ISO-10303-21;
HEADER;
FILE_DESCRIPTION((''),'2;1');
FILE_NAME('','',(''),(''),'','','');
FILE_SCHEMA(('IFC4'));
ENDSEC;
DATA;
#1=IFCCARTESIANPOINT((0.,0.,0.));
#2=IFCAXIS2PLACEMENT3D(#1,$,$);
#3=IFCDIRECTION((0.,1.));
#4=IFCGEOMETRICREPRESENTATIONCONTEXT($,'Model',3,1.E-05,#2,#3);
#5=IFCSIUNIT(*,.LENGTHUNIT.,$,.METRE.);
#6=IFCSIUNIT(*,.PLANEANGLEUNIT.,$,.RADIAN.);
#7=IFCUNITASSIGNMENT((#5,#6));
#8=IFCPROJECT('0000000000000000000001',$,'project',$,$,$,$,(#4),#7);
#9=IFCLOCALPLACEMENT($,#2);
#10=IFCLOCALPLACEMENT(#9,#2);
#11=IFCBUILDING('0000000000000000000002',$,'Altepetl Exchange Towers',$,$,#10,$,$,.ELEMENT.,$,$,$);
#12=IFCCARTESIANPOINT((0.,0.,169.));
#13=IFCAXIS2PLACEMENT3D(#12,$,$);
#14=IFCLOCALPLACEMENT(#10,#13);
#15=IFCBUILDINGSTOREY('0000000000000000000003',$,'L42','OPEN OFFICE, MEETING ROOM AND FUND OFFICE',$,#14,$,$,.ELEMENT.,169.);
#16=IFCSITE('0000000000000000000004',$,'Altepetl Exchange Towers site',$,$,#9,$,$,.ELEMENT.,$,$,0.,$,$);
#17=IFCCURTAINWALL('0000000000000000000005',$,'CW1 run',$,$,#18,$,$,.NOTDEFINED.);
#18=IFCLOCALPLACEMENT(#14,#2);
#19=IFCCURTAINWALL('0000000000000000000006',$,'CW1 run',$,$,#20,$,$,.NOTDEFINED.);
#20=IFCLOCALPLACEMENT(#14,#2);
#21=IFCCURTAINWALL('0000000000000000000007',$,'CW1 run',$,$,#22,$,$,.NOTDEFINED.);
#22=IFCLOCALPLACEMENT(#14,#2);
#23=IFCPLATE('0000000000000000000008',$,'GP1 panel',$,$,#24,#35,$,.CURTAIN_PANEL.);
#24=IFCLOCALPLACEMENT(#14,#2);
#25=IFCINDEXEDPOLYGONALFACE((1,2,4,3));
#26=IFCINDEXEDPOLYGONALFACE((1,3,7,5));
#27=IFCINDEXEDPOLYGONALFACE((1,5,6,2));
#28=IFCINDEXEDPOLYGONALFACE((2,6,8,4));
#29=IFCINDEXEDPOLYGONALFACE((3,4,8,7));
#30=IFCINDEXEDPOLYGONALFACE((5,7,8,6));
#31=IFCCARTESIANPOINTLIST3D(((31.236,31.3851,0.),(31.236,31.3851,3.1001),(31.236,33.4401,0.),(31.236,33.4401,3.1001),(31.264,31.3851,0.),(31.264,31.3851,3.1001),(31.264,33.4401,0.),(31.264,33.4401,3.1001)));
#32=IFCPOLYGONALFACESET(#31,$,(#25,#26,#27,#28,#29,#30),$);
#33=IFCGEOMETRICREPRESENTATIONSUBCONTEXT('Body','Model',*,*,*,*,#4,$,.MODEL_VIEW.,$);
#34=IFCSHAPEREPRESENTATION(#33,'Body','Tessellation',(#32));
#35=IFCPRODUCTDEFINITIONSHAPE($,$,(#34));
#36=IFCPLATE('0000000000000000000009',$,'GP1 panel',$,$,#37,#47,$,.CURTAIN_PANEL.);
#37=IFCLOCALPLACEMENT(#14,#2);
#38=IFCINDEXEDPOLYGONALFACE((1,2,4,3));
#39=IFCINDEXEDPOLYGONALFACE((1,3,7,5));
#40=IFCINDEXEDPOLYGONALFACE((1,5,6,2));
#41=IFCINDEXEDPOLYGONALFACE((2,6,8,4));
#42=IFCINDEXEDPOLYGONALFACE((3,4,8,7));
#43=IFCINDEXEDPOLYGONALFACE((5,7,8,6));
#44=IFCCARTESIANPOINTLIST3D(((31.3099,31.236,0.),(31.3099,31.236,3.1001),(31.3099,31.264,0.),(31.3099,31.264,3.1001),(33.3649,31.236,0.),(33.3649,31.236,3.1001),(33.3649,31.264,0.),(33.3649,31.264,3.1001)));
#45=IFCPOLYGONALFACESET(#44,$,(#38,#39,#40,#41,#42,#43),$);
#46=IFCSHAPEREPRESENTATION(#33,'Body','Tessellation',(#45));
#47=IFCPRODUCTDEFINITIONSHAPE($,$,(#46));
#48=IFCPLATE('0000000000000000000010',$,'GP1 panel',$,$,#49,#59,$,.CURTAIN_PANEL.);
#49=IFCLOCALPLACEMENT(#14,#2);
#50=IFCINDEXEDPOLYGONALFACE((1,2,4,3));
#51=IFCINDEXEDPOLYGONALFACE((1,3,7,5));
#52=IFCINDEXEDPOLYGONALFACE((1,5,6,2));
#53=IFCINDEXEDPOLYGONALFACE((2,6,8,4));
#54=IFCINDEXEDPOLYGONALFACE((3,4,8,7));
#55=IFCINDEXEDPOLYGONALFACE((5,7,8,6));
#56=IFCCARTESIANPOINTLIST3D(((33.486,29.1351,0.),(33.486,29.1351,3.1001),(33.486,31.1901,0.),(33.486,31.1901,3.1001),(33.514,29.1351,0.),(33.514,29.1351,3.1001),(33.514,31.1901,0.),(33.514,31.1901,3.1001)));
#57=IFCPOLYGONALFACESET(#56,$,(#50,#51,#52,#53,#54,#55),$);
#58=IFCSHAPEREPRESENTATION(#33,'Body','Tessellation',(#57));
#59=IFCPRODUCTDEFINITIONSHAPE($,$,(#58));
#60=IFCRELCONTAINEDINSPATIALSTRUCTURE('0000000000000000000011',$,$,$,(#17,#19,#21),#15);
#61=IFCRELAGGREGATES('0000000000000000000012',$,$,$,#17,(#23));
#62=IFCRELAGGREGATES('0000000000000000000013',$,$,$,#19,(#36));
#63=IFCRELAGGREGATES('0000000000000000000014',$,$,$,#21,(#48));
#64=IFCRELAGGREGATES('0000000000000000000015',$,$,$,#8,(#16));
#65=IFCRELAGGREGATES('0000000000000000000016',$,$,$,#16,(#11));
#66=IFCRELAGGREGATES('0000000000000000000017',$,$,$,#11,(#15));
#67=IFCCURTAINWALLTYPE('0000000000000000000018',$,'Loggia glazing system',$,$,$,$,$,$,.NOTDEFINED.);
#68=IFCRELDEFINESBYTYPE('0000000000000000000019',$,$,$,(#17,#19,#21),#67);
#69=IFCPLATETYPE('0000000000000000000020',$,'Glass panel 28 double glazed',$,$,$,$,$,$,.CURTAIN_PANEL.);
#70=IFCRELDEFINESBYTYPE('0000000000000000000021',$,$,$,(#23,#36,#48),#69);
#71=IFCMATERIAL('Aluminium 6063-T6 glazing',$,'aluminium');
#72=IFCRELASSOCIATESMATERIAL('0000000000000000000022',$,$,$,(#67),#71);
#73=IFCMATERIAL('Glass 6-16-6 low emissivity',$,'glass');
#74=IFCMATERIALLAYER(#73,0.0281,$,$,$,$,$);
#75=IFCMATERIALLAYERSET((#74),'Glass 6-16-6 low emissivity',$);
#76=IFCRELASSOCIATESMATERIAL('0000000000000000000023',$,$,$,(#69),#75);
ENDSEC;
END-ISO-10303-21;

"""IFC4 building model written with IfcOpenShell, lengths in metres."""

from ifc_helpers import new_model, si_unit, direction, frame, origin, origin_2d, place, context, subcontext, project, spatial, rectangle, extrude, material, layer, layer_set, type_object, element, aggregate, save


model = new_model("IFC4")

# Units and contexts
model_context = context("Model", 3, precision=1e-05, world=origin(), true_north=direction((0.0, 1.0)))
body_context = subcontext(model_context, "Body", "Model", "MODEL_VIEW")
ifc_project = project(units=[si_unit("LENGTHUNIT", "METRE"), si_unit("PLANEANGLEUNIT", "RADIAN")], contexts=[model_context])

# Site, building, storey
site_placement = place(None, origin())
site = spatial("IfcSite", under=ifc_project, at=site_placement, Name="Altepetl Exchange Towers site", CompositionType="ELEMENT", RefElevation=0.0)
building_placement = place(site_placement, origin())
building = spatial("IfcBuilding", under=site, at=building_placement, Name="Altepetl Exchange Towers", CompositionType="ELEMENT")
storey_placement = place(building_placement, frame((0.0, 0.0, 169.0)))
storey = spatial("IfcBuildingStorey", under=building, at=storey_placement, Name="L42", Description="OPEN OFFICE, MEETING ROOM AND FUND OFFICE", CompositionType="ELEMENT", Elevation=169.0)

# Curtain walls
ifc_material_1 = material(Name="Aluminium 6063-T6 glazing", Category="aluminium")
curtain_wall_type = type_object("IfcCurtainWallType", Name="Loggia glazing system", PredefinedType="NOTDEFINED", material=ifc_material_1)
curtain_wall_1_placement = place(storey_placement, origin())
curtain_wall_1 = element("IfcCurtainWall", 1, at=curtain_wall_1_placement, inside=storey, type_object=curtain_wall_type, Name="CW1 run", PredefinedType="NOTDEFINED")
curtain_wall_2_placement = place(storey_placement, origin())
curtain_wall_2 = element("IfcCurtainWall", 2, at=curtain_wall_2_placement, inside=storey, type_object=curtain_wall_type, Name="CW1 run", PredefinedType="NOTDEFINED")
curtain_wall_3_placement = place(storey_placement, origin())
curtain_wall_3 = element("IfcCurtainWall", 3, at=curtain_wall_3_placement, inside=storey, type_object=curtain_wall_type, Name="CW1 run", PredefinedType="NOTDEFINED")

# Plates
ifc_material_2 = material(Name="Glass 6-16-6 low emissivity", Category="glass")
ifc_layer = layer(ifc_material_2, 0.0281)
ifc_layer_set = layer_set([ifc_layer], Name="Glass 6-16-6 low emissivity")
plate_type = type_object("IfcPlateType", Name="Glass panel 28 double glazed", PredefinedType="CURTAIN_PANEL", material=ifc_layer_set)
plate_1_placement = place(storey_placement, frame((31.25, 32.4126, 0.0), z_axis=(0.0, 0.0, 1.0), x_axis=(0.0, -1.0, 0.0)))
plate_1 = element("IfcPlate", 4, at=plate_1_placement, type_object=plate_type, Name="GP1 panel", PredefinedType="CURTAIN_PANEL", context=body_context, shape_type="SweptSolid", body=[
    extrude(rectangle(XDim=2.0549, YDim=0.0281, at=origin_2d()), origin(), (0.0, 0.0, 1.0), 3.1001),
])
aggregate(curtain_wall_1, [plate_1])
plate_2_placement = place(storey_placement, frame((32.3374, 31.25, 0.0)))
plate_2 = element("IfcPlate", 5, at=plate_2_placement, type_object=plate_type, Name="GP1 panel", PredefinedType="CURTAIN_PANEL", context=body_context, shape_type="SweptSolid", body=[
    extrude(rectangle(XDim=2.0549, YDim=0.0281, at=origin_2d()), origin(), (0.0, 0.0, 1.0), 3.1001),
])
aggregate(curtain_wall_2, [plate_2])
plate_3_placement = place(storey_placement, frame((33.5, 30.1626, 0.0), z_axis=(0.0, 0.0, 1.0), x_axis=(0.0, -1.0, 0.0)))
plate_3 = element("IfcPlate", 6, at=plate_3_placement, type_object=plate_type, Name="GP1 panel", PredefinedType="CURTAIN_PANEL", context=body_context, shape_type="SweptSolid", body=[
    extrude(rectangle(XDim=2.0549, YDim=0.0281, at=origin_2d()), origin(), (0.0, 0.0, 1.0), 3.1001),
])
aggregate(curtain_wall_3, [plate_3])

save(model, "model.ifc")
